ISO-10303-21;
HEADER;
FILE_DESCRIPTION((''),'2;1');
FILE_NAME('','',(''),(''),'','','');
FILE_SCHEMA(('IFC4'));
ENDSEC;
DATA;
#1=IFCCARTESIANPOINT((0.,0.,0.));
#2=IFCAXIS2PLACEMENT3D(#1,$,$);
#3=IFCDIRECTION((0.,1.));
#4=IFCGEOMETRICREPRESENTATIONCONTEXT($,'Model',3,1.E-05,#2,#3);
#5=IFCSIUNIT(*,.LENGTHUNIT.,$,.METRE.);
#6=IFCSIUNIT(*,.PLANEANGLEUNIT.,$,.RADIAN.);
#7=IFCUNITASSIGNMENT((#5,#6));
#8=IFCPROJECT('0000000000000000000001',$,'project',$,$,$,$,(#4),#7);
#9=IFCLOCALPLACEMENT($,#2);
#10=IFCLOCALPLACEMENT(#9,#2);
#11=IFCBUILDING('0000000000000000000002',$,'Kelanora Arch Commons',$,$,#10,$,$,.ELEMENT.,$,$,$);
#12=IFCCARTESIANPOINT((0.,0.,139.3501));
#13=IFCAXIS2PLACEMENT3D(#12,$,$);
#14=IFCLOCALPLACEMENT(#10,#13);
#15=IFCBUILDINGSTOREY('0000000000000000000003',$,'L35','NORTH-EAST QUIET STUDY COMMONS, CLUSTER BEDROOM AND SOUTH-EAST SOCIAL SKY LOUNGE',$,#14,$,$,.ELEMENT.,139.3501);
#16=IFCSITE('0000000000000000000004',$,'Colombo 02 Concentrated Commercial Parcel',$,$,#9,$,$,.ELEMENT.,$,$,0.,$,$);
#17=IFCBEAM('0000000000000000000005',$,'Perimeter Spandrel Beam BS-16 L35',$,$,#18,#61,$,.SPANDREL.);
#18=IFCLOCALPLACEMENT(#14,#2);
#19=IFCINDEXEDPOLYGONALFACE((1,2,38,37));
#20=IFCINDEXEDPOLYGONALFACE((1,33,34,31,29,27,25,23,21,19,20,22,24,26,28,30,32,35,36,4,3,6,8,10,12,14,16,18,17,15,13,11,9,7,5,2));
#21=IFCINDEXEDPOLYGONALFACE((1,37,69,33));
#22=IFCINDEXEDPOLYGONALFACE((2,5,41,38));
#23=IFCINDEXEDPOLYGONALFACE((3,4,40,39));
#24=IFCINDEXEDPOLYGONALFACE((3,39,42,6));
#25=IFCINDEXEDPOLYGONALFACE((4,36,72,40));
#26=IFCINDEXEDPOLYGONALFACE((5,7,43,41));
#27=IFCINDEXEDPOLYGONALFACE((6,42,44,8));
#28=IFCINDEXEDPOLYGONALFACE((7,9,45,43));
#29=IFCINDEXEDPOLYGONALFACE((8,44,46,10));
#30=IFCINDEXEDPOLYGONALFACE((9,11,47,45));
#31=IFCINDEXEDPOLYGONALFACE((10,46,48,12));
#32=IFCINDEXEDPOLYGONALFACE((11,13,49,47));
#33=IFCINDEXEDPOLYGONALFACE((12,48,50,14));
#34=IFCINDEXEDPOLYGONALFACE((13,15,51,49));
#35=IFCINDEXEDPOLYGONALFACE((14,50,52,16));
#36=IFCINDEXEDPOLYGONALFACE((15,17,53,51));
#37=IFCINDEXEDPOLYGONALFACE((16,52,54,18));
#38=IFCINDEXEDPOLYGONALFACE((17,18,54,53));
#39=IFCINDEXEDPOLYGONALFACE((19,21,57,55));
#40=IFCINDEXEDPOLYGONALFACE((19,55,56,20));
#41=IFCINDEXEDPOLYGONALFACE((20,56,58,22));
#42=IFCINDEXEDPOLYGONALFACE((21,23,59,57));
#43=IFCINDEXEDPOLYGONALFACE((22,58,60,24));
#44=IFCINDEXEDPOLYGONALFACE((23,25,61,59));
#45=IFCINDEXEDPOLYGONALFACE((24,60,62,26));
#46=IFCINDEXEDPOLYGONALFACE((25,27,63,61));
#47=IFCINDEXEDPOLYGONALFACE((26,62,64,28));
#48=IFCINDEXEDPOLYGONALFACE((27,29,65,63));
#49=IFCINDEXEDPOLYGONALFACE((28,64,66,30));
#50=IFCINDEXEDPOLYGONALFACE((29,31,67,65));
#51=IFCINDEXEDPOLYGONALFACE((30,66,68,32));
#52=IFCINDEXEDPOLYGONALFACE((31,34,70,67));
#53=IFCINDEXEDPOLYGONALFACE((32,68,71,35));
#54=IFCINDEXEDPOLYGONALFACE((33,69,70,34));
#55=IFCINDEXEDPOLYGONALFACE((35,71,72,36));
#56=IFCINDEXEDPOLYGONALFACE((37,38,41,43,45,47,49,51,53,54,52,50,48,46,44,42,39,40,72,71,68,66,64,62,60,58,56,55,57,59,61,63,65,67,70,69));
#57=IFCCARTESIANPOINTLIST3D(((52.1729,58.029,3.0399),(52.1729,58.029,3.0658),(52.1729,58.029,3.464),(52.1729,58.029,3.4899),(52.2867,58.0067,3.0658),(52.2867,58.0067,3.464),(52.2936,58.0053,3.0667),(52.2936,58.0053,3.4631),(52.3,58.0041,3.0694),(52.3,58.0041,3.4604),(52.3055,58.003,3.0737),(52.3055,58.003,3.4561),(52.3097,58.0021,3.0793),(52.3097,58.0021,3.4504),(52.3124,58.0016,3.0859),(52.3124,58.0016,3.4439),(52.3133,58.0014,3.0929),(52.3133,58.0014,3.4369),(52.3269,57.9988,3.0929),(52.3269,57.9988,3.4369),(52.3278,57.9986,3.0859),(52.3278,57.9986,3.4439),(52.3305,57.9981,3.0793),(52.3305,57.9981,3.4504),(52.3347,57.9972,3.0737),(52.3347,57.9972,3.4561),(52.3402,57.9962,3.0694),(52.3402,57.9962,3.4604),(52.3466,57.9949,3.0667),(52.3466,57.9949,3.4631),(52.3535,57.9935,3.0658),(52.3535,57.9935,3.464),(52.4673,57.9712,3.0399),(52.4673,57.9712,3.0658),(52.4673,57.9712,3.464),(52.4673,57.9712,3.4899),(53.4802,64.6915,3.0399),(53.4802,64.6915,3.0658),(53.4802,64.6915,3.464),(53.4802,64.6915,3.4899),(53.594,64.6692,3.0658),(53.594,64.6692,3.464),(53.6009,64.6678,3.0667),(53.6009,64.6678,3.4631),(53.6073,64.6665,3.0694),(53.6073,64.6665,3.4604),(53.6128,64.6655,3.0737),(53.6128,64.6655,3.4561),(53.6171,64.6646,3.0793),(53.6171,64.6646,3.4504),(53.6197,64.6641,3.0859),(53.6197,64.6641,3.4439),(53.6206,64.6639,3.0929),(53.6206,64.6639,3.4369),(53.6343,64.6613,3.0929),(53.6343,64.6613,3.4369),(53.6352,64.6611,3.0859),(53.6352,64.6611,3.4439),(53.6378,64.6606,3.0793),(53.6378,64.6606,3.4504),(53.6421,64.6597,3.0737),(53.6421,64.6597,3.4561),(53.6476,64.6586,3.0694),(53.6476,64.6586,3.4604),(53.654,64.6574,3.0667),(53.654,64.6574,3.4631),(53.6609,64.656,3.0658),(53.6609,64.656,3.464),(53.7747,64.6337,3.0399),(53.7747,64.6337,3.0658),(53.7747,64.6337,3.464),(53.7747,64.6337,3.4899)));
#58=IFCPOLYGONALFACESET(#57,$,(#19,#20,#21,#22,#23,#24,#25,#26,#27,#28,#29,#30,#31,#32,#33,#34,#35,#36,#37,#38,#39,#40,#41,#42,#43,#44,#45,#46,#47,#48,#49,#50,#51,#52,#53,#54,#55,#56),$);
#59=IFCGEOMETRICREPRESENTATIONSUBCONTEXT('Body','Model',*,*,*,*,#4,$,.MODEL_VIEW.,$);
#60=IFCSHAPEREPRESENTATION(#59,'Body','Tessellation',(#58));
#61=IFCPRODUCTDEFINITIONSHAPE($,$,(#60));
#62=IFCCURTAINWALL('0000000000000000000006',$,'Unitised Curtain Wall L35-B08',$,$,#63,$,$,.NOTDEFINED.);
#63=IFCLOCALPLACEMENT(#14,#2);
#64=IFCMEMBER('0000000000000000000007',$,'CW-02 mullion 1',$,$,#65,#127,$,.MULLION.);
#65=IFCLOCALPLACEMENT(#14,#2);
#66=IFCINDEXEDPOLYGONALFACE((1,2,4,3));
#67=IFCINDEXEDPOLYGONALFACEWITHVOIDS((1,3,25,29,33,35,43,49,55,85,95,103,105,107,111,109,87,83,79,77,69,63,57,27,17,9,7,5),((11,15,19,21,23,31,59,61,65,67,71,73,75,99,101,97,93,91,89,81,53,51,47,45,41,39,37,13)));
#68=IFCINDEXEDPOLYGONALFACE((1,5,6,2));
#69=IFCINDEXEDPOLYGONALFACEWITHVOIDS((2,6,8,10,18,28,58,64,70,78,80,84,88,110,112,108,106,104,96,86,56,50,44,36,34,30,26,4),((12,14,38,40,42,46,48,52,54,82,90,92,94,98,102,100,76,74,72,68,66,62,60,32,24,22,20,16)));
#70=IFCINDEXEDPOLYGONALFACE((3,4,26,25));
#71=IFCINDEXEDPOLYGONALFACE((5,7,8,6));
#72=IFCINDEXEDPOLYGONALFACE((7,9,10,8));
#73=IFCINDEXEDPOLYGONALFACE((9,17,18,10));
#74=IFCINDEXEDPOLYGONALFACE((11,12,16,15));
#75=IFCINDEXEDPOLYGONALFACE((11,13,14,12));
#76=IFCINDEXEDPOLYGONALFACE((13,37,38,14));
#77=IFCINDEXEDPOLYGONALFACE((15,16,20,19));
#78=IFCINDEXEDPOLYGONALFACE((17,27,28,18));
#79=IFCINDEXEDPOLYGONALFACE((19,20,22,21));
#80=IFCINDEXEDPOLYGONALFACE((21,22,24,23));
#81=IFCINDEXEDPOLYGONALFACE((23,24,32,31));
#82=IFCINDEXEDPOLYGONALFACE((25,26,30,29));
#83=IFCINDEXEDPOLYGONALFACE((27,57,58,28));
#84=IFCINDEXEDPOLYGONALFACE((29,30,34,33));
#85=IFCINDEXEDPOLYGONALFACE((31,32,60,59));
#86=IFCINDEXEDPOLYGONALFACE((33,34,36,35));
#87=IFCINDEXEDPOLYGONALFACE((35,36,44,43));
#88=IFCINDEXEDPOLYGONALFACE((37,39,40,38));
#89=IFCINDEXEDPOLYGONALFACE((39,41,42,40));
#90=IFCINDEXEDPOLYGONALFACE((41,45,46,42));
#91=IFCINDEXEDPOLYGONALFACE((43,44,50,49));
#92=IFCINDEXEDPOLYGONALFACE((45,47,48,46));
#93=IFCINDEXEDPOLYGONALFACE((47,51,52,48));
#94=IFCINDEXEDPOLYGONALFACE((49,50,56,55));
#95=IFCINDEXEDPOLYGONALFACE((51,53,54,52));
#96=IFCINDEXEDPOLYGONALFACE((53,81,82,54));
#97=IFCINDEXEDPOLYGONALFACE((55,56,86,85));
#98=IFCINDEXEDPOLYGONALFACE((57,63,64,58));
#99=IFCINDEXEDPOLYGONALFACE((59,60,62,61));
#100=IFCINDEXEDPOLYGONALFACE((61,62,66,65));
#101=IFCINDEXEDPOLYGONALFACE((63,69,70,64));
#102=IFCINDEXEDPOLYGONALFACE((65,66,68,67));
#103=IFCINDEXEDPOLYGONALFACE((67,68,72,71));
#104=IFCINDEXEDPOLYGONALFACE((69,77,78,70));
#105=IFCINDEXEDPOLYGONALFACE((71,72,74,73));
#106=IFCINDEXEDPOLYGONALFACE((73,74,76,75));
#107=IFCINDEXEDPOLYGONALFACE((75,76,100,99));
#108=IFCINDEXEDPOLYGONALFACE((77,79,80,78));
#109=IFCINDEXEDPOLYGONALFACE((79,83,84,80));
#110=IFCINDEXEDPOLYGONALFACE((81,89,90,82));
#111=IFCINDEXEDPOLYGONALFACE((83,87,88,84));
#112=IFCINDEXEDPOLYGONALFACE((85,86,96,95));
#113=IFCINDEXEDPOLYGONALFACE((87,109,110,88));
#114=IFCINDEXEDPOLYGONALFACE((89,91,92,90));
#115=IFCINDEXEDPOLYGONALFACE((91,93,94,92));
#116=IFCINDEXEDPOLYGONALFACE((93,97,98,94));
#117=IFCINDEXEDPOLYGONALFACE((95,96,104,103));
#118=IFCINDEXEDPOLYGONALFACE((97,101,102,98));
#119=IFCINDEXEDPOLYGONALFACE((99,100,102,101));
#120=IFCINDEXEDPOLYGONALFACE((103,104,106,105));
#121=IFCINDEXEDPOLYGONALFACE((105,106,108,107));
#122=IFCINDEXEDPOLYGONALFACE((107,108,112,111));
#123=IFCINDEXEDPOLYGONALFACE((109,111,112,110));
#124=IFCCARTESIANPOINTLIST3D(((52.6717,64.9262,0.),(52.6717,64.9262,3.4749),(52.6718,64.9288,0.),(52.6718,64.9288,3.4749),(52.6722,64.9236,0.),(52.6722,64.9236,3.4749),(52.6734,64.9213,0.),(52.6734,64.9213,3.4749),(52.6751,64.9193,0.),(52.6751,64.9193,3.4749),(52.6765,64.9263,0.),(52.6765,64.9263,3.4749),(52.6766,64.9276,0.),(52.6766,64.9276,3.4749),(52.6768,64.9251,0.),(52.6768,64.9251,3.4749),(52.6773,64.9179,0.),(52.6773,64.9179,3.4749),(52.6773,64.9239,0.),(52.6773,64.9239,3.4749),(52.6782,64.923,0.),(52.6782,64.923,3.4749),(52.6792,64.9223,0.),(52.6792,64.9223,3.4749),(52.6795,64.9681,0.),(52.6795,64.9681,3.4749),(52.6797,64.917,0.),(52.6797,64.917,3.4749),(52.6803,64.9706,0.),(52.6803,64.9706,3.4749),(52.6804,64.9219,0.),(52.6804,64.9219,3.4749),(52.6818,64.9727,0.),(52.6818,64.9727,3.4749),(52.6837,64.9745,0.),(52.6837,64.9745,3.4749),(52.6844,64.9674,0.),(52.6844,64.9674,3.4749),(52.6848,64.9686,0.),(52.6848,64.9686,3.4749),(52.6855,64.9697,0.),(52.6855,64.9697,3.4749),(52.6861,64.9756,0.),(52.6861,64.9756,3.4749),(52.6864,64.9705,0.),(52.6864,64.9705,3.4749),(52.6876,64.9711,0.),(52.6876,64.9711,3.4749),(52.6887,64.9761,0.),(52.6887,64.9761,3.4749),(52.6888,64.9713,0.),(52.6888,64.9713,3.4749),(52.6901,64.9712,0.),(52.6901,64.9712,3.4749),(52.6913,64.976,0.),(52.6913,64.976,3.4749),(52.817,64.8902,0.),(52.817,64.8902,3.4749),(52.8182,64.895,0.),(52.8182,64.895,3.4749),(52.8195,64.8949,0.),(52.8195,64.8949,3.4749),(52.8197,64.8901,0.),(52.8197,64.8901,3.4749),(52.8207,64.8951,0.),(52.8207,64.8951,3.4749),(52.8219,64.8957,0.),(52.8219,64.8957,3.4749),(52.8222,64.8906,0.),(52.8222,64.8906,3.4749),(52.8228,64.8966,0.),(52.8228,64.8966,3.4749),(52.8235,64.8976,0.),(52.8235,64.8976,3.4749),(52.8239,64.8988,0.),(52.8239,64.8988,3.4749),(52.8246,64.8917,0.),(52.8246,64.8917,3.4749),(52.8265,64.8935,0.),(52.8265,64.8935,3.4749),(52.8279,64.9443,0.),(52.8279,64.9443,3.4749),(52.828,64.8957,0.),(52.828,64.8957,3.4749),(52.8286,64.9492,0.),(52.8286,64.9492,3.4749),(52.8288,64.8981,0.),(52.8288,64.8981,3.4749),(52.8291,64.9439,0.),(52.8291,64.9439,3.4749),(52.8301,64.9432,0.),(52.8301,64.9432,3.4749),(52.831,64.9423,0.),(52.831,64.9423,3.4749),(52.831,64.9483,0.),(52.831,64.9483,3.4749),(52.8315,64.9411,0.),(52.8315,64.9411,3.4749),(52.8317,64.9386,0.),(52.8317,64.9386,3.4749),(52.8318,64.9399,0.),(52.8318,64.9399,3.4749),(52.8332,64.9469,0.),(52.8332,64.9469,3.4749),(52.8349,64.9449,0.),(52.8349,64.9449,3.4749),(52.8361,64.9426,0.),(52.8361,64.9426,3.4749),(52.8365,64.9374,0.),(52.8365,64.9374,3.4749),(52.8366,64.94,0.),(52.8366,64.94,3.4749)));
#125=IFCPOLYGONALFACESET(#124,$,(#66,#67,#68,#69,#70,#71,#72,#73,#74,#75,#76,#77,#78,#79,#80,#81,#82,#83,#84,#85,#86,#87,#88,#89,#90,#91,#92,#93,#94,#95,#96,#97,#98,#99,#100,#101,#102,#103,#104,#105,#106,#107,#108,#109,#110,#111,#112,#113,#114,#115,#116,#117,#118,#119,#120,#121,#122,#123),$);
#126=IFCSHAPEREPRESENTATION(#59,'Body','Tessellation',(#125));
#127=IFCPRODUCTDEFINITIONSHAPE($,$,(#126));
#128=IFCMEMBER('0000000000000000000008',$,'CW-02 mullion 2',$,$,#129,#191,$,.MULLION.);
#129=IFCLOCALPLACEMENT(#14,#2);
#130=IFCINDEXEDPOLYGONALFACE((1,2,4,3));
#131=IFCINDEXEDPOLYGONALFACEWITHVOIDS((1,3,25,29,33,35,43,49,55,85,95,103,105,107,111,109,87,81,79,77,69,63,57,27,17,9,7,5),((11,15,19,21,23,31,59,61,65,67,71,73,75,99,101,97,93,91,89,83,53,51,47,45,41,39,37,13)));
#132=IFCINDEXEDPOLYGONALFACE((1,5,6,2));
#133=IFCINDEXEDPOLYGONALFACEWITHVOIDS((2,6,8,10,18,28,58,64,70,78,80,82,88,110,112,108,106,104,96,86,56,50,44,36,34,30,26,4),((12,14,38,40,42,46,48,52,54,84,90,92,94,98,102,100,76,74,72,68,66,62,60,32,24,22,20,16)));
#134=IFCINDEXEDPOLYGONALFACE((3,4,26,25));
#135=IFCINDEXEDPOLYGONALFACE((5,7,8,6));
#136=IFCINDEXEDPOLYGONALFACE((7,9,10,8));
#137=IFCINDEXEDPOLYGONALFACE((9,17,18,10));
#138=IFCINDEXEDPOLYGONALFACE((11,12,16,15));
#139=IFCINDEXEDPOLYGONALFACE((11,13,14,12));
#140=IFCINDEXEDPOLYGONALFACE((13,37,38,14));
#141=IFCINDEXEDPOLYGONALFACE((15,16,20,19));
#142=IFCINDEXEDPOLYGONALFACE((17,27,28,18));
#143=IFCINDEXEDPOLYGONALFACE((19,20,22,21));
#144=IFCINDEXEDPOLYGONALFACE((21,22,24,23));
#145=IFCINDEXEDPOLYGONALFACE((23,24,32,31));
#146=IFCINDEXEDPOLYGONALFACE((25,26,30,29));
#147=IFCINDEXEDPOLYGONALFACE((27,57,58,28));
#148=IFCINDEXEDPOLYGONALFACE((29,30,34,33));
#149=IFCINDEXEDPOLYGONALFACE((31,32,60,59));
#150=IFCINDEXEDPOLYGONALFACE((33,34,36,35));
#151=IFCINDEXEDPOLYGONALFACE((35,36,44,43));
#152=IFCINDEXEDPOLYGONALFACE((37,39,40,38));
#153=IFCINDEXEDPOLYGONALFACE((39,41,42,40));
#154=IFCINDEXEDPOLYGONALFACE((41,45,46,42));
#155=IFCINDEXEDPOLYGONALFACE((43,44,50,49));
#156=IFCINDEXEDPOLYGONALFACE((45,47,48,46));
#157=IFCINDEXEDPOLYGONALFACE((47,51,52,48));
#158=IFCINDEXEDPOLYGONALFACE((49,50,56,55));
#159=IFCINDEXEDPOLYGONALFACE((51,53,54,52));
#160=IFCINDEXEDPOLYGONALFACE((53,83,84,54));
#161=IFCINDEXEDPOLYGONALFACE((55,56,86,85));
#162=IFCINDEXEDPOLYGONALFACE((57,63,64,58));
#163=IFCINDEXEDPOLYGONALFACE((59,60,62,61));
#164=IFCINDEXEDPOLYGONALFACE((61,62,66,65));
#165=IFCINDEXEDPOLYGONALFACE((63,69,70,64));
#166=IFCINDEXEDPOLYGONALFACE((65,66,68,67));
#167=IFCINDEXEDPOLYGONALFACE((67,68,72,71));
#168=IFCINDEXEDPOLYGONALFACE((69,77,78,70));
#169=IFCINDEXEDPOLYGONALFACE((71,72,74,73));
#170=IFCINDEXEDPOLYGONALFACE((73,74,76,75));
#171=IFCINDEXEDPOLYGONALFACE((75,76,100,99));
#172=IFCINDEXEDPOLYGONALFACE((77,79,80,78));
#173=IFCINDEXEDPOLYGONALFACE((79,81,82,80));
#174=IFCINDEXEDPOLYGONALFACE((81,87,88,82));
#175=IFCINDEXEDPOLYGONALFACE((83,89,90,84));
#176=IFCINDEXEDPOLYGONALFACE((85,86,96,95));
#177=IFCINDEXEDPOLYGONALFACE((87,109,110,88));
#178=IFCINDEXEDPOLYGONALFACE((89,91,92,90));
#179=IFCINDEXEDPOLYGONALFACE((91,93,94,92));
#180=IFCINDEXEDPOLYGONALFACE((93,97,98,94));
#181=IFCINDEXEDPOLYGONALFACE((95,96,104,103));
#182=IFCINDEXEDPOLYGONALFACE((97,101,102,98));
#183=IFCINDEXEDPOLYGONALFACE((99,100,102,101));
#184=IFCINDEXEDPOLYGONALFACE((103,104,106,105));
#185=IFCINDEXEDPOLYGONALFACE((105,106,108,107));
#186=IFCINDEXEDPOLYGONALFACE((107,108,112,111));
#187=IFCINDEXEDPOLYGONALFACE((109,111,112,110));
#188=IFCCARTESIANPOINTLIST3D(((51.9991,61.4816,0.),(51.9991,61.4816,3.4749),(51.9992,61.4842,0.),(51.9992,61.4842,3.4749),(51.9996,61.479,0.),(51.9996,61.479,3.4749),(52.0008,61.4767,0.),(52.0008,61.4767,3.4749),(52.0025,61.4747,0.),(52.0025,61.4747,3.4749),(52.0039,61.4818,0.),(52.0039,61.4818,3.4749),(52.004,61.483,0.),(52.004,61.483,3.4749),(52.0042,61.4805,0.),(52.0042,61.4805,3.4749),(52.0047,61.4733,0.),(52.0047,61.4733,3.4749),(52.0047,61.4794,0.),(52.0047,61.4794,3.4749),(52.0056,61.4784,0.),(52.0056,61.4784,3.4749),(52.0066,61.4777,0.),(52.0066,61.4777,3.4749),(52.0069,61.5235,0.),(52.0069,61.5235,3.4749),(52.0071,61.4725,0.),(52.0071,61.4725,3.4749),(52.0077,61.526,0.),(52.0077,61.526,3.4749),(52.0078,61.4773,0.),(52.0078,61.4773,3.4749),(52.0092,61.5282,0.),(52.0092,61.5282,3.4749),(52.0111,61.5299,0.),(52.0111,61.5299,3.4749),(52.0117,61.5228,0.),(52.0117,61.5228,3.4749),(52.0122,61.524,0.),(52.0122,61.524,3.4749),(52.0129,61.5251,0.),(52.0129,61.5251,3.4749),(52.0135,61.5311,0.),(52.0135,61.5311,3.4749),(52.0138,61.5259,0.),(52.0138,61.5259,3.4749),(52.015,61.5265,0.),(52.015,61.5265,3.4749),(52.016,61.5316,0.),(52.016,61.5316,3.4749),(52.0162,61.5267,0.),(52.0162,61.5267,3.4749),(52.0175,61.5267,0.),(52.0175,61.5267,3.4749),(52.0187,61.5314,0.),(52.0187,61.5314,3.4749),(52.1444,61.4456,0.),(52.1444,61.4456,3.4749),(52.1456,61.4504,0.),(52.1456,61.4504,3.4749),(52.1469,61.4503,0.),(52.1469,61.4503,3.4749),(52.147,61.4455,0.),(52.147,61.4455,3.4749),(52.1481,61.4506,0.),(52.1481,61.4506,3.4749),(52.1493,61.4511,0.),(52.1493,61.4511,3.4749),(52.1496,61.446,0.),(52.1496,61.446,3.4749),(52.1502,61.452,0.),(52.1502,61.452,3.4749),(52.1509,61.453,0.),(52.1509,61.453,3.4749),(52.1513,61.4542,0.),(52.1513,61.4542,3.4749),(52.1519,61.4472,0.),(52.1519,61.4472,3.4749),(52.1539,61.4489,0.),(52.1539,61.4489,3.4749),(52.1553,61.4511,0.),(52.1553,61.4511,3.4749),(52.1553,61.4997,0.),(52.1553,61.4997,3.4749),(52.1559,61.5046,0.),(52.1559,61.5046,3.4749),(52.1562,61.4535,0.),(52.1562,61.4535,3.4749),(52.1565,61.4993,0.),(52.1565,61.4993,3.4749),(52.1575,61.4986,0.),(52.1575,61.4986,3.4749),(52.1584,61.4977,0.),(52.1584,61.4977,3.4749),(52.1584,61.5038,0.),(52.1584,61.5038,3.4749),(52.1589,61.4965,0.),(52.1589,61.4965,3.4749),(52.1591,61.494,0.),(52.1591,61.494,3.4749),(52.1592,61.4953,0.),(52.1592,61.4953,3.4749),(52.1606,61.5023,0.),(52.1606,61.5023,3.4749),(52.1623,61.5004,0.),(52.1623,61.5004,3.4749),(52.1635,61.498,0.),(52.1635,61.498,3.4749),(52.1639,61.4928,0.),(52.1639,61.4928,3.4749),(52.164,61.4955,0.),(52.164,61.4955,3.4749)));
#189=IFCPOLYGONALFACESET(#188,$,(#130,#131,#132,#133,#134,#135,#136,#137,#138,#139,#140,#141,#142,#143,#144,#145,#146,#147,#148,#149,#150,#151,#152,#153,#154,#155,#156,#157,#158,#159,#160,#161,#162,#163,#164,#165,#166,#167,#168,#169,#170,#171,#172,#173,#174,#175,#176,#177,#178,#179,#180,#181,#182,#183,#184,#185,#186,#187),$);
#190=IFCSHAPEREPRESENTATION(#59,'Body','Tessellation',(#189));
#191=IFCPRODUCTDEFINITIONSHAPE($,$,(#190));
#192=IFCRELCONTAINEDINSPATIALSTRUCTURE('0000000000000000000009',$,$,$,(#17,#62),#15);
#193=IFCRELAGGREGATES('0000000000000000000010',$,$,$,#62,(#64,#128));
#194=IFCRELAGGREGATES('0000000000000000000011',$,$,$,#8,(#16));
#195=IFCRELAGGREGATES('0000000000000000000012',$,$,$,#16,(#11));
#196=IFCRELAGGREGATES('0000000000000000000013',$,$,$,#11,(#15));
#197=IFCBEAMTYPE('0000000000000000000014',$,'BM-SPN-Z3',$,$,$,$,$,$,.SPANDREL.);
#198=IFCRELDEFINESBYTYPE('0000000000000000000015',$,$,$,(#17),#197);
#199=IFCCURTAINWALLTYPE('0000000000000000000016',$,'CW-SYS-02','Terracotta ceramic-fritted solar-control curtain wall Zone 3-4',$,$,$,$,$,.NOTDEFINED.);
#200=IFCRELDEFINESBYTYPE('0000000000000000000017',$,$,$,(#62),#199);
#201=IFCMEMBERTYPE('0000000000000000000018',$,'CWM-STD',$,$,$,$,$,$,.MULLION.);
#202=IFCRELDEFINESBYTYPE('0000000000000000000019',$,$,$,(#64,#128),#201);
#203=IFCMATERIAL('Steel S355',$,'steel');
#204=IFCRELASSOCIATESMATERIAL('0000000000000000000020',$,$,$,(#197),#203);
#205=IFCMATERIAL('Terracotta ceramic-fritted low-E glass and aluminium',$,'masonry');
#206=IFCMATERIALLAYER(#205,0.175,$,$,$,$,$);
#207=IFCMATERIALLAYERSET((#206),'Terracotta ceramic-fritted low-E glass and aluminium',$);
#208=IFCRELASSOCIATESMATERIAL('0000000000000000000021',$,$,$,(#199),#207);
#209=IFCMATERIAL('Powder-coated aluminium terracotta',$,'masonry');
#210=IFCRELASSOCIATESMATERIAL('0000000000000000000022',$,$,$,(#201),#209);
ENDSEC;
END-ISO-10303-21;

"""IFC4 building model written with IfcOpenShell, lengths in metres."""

from ifc_helpers import new_model, si_unit, direction, frame, origin, origin_2d, place, context, subcontext, project, spatial, hollow_rectangle, i_section, extrude, material, layer, layer_set, material_profile, profile_set, type_object, element, aggregate, save


model = new_model("IFC4")

# Units and contexts
model_context = context("Model", 3, precision=1e-05, world=origin(), true_north=direction((0.0, 1.0)))
body_context = subcontext(model_context, "Body", "Model", "MODEL_VIEW")
ifc_project = project(units=[si_unit("LENGTHUNIT", "METRE"), si_unit("PLANEANGLEUNIT", "RADIAN")], contexts=[model_context])

# Site, building, storey
site_placement = place(None, origin())
site = spatial("IfcSite", under=ifc_project, at=site_placement, Name="Colombo 02 Concentrated Commercial Parcel", CompositionType="ELEMENT", RefElevation=0.0)
building_placement = place(site_placement, origin())
building = spatial("IfcBuilding", under=site, at=building_placement, Name="Kelanora Arch Commons", CompositionType="ELEMENT")
storey_placement = place(building_placement, frame((0.0, 0.0, 139.3501)))
storey = spatial("IfcBuildingStorey", under=building, at=storey_placement, Name="L35", Description="NORTH-EAST QUIET STUDY COMMONS, CLUSTER BEDROOM AND SOUTH-EAST SOCIAL SKY LOUNGE", CompositionType="ELEMENT", Elevation=139.3501)

# Beam
ifc_material_1 = material(Name="Steel S355", Category="steel")
ifc_material_profile_1 = material_profile(ifc_material_1, i_section(OverallWidth=0.3, OverallDepth=0.45, WebThickness=0.0139, FlangeThickness=0.0259, FilletRadius=0.0271, at=origin_2d()), Name="HEB450")
ifc_profile_set_1 = profile_set([ifc_material_profile_1], Name="Steel S355")
beam_type_1 = type_object("IfcBeamType", Name="BM-SPN-Z3", PredefinedType="SPANDREL", material=ifc_profile_set_1)
beam_1_placement = place(storey_placement, frame((53.6274, 64.6626, 3.2649), z_axis=(-0.192554, -0.981286, 0.0), x_axis=(0.981286, -0.192554, 0.0)))
element("IfcBeam", 1, at=beam_1_placement, inside=storey, type_object=beam_type_1, Name="Perimeter Spandrel Beam BS-16 L35", PredefinedType="SPANDREL", context=body_context, shape_type="SweptSolid", body=[
    extrude(i_section(OverallWidth=0.3, OverallDepth=0.45, WebThickness=0.0139, FlangeThickness=0.0259, FilletRadius=0.0271, at=origin_2d()), origin(), (0.0, 0.0, 1.0), 6.7896),
])

# Curtain wall, members
ifc_material_2 = material(Name="Terracotta ceramic-fritted low-E glass and aluminium", Category="masonry")
ifc_layer_1 = layer(ifc_material_2, 0.175)
ifc_layer_set_1 = layer_set([ifc_layer_1], Name="Terracotta ceramic-fritted low-E glass and aluminium")
curtain_wall_type = type_object("IfcCurtainWallType", Name="CW-SYS-02", Description="Terracotta ceramic-fritted solar-control curtain wall Zone 3-4", PredefinedType="NOTDEFINED", material=ifc_layer_set_1)
curtain_wall_placement = place(storey_placement, origin())
curtain_wall = element("IfcCurtainWall", 2, at=curtain_wall_placement, inside=storey, type_object=curtain_wall_type, Name="Unitised Curtain Wall L35-B08", PredefinedType="NOTDEFINED")
ifc_material_3 = material(Name="Powder-coated aluminium terracotta", Category="masonry")
ifc_material_profile_2 = material_profile(ifc_material_3, hollow_rectangle(XDim=0.1599, YDim=0.0601, WallThickness=0.0049, InnerFilletRadius=0.0049, OuterFilletRadius=0.01, at=origin_2d()), Name="CWM160x60")
ifc_profile_set_2 = profile_set([ifc_material_profile_2], Name="Powder-coated aluminium terracotta")
member_type_1 = type_object("IfcMemberType", Name="CWM-STD", PredefinedType="MULLION", material=ifc_profile_set_2)
member_1_placement = place(storey_placement, frame((52.7542, 64.9331, 0.0), z_axis=(0.0, 0.0, 1.0), x_axis=(0.981453, -0.191705, 0.0)))
member_1 = element("IfcMember", 3, at=member_1_placement, type_object=member_type_1, Name="CW-02 mullion 1", PredefinedType="MULLION", context=body_context, shape_type="SweptSolid", body=[
    extrude(hollow_rectangle(XDim=0.1599, YDim=0.0601, WallThickness=0.0049, InnerFilletRadius=0.0049, OuterFilletRadius=0.01, at=origin_2d()), origin(), (0.0, 0.0, 1.0), 3.4749),
])
member_2_placement = place(storey_placement, frame((52.0815, 61.4885, 0.0), z_axis=(0.0, 0.0, 1.0), x_axis=(0.981453, -0.191705, 0.0)))
member_2 = element("IfcMember", 4, at=member_2_placement, type_object=member_type_1, Name="CW-02 mullion 2", PredefinedType="MULLION", context=body_context, shape_type="SweptSolid", body=[
    extrude(hollow_rectangle(XDim=0.1599, YDim=0.0601, WallThickness=0.0049, InnerFilletRadius=0.0049, OuterFilletRadius=0.01, at=origin_2d()), origin(), (0.0, 0.0, 1.0), 3.4749),
])
aggregate(curtain_wall, [member_1, member_2])

save(model, "model.ifc")
